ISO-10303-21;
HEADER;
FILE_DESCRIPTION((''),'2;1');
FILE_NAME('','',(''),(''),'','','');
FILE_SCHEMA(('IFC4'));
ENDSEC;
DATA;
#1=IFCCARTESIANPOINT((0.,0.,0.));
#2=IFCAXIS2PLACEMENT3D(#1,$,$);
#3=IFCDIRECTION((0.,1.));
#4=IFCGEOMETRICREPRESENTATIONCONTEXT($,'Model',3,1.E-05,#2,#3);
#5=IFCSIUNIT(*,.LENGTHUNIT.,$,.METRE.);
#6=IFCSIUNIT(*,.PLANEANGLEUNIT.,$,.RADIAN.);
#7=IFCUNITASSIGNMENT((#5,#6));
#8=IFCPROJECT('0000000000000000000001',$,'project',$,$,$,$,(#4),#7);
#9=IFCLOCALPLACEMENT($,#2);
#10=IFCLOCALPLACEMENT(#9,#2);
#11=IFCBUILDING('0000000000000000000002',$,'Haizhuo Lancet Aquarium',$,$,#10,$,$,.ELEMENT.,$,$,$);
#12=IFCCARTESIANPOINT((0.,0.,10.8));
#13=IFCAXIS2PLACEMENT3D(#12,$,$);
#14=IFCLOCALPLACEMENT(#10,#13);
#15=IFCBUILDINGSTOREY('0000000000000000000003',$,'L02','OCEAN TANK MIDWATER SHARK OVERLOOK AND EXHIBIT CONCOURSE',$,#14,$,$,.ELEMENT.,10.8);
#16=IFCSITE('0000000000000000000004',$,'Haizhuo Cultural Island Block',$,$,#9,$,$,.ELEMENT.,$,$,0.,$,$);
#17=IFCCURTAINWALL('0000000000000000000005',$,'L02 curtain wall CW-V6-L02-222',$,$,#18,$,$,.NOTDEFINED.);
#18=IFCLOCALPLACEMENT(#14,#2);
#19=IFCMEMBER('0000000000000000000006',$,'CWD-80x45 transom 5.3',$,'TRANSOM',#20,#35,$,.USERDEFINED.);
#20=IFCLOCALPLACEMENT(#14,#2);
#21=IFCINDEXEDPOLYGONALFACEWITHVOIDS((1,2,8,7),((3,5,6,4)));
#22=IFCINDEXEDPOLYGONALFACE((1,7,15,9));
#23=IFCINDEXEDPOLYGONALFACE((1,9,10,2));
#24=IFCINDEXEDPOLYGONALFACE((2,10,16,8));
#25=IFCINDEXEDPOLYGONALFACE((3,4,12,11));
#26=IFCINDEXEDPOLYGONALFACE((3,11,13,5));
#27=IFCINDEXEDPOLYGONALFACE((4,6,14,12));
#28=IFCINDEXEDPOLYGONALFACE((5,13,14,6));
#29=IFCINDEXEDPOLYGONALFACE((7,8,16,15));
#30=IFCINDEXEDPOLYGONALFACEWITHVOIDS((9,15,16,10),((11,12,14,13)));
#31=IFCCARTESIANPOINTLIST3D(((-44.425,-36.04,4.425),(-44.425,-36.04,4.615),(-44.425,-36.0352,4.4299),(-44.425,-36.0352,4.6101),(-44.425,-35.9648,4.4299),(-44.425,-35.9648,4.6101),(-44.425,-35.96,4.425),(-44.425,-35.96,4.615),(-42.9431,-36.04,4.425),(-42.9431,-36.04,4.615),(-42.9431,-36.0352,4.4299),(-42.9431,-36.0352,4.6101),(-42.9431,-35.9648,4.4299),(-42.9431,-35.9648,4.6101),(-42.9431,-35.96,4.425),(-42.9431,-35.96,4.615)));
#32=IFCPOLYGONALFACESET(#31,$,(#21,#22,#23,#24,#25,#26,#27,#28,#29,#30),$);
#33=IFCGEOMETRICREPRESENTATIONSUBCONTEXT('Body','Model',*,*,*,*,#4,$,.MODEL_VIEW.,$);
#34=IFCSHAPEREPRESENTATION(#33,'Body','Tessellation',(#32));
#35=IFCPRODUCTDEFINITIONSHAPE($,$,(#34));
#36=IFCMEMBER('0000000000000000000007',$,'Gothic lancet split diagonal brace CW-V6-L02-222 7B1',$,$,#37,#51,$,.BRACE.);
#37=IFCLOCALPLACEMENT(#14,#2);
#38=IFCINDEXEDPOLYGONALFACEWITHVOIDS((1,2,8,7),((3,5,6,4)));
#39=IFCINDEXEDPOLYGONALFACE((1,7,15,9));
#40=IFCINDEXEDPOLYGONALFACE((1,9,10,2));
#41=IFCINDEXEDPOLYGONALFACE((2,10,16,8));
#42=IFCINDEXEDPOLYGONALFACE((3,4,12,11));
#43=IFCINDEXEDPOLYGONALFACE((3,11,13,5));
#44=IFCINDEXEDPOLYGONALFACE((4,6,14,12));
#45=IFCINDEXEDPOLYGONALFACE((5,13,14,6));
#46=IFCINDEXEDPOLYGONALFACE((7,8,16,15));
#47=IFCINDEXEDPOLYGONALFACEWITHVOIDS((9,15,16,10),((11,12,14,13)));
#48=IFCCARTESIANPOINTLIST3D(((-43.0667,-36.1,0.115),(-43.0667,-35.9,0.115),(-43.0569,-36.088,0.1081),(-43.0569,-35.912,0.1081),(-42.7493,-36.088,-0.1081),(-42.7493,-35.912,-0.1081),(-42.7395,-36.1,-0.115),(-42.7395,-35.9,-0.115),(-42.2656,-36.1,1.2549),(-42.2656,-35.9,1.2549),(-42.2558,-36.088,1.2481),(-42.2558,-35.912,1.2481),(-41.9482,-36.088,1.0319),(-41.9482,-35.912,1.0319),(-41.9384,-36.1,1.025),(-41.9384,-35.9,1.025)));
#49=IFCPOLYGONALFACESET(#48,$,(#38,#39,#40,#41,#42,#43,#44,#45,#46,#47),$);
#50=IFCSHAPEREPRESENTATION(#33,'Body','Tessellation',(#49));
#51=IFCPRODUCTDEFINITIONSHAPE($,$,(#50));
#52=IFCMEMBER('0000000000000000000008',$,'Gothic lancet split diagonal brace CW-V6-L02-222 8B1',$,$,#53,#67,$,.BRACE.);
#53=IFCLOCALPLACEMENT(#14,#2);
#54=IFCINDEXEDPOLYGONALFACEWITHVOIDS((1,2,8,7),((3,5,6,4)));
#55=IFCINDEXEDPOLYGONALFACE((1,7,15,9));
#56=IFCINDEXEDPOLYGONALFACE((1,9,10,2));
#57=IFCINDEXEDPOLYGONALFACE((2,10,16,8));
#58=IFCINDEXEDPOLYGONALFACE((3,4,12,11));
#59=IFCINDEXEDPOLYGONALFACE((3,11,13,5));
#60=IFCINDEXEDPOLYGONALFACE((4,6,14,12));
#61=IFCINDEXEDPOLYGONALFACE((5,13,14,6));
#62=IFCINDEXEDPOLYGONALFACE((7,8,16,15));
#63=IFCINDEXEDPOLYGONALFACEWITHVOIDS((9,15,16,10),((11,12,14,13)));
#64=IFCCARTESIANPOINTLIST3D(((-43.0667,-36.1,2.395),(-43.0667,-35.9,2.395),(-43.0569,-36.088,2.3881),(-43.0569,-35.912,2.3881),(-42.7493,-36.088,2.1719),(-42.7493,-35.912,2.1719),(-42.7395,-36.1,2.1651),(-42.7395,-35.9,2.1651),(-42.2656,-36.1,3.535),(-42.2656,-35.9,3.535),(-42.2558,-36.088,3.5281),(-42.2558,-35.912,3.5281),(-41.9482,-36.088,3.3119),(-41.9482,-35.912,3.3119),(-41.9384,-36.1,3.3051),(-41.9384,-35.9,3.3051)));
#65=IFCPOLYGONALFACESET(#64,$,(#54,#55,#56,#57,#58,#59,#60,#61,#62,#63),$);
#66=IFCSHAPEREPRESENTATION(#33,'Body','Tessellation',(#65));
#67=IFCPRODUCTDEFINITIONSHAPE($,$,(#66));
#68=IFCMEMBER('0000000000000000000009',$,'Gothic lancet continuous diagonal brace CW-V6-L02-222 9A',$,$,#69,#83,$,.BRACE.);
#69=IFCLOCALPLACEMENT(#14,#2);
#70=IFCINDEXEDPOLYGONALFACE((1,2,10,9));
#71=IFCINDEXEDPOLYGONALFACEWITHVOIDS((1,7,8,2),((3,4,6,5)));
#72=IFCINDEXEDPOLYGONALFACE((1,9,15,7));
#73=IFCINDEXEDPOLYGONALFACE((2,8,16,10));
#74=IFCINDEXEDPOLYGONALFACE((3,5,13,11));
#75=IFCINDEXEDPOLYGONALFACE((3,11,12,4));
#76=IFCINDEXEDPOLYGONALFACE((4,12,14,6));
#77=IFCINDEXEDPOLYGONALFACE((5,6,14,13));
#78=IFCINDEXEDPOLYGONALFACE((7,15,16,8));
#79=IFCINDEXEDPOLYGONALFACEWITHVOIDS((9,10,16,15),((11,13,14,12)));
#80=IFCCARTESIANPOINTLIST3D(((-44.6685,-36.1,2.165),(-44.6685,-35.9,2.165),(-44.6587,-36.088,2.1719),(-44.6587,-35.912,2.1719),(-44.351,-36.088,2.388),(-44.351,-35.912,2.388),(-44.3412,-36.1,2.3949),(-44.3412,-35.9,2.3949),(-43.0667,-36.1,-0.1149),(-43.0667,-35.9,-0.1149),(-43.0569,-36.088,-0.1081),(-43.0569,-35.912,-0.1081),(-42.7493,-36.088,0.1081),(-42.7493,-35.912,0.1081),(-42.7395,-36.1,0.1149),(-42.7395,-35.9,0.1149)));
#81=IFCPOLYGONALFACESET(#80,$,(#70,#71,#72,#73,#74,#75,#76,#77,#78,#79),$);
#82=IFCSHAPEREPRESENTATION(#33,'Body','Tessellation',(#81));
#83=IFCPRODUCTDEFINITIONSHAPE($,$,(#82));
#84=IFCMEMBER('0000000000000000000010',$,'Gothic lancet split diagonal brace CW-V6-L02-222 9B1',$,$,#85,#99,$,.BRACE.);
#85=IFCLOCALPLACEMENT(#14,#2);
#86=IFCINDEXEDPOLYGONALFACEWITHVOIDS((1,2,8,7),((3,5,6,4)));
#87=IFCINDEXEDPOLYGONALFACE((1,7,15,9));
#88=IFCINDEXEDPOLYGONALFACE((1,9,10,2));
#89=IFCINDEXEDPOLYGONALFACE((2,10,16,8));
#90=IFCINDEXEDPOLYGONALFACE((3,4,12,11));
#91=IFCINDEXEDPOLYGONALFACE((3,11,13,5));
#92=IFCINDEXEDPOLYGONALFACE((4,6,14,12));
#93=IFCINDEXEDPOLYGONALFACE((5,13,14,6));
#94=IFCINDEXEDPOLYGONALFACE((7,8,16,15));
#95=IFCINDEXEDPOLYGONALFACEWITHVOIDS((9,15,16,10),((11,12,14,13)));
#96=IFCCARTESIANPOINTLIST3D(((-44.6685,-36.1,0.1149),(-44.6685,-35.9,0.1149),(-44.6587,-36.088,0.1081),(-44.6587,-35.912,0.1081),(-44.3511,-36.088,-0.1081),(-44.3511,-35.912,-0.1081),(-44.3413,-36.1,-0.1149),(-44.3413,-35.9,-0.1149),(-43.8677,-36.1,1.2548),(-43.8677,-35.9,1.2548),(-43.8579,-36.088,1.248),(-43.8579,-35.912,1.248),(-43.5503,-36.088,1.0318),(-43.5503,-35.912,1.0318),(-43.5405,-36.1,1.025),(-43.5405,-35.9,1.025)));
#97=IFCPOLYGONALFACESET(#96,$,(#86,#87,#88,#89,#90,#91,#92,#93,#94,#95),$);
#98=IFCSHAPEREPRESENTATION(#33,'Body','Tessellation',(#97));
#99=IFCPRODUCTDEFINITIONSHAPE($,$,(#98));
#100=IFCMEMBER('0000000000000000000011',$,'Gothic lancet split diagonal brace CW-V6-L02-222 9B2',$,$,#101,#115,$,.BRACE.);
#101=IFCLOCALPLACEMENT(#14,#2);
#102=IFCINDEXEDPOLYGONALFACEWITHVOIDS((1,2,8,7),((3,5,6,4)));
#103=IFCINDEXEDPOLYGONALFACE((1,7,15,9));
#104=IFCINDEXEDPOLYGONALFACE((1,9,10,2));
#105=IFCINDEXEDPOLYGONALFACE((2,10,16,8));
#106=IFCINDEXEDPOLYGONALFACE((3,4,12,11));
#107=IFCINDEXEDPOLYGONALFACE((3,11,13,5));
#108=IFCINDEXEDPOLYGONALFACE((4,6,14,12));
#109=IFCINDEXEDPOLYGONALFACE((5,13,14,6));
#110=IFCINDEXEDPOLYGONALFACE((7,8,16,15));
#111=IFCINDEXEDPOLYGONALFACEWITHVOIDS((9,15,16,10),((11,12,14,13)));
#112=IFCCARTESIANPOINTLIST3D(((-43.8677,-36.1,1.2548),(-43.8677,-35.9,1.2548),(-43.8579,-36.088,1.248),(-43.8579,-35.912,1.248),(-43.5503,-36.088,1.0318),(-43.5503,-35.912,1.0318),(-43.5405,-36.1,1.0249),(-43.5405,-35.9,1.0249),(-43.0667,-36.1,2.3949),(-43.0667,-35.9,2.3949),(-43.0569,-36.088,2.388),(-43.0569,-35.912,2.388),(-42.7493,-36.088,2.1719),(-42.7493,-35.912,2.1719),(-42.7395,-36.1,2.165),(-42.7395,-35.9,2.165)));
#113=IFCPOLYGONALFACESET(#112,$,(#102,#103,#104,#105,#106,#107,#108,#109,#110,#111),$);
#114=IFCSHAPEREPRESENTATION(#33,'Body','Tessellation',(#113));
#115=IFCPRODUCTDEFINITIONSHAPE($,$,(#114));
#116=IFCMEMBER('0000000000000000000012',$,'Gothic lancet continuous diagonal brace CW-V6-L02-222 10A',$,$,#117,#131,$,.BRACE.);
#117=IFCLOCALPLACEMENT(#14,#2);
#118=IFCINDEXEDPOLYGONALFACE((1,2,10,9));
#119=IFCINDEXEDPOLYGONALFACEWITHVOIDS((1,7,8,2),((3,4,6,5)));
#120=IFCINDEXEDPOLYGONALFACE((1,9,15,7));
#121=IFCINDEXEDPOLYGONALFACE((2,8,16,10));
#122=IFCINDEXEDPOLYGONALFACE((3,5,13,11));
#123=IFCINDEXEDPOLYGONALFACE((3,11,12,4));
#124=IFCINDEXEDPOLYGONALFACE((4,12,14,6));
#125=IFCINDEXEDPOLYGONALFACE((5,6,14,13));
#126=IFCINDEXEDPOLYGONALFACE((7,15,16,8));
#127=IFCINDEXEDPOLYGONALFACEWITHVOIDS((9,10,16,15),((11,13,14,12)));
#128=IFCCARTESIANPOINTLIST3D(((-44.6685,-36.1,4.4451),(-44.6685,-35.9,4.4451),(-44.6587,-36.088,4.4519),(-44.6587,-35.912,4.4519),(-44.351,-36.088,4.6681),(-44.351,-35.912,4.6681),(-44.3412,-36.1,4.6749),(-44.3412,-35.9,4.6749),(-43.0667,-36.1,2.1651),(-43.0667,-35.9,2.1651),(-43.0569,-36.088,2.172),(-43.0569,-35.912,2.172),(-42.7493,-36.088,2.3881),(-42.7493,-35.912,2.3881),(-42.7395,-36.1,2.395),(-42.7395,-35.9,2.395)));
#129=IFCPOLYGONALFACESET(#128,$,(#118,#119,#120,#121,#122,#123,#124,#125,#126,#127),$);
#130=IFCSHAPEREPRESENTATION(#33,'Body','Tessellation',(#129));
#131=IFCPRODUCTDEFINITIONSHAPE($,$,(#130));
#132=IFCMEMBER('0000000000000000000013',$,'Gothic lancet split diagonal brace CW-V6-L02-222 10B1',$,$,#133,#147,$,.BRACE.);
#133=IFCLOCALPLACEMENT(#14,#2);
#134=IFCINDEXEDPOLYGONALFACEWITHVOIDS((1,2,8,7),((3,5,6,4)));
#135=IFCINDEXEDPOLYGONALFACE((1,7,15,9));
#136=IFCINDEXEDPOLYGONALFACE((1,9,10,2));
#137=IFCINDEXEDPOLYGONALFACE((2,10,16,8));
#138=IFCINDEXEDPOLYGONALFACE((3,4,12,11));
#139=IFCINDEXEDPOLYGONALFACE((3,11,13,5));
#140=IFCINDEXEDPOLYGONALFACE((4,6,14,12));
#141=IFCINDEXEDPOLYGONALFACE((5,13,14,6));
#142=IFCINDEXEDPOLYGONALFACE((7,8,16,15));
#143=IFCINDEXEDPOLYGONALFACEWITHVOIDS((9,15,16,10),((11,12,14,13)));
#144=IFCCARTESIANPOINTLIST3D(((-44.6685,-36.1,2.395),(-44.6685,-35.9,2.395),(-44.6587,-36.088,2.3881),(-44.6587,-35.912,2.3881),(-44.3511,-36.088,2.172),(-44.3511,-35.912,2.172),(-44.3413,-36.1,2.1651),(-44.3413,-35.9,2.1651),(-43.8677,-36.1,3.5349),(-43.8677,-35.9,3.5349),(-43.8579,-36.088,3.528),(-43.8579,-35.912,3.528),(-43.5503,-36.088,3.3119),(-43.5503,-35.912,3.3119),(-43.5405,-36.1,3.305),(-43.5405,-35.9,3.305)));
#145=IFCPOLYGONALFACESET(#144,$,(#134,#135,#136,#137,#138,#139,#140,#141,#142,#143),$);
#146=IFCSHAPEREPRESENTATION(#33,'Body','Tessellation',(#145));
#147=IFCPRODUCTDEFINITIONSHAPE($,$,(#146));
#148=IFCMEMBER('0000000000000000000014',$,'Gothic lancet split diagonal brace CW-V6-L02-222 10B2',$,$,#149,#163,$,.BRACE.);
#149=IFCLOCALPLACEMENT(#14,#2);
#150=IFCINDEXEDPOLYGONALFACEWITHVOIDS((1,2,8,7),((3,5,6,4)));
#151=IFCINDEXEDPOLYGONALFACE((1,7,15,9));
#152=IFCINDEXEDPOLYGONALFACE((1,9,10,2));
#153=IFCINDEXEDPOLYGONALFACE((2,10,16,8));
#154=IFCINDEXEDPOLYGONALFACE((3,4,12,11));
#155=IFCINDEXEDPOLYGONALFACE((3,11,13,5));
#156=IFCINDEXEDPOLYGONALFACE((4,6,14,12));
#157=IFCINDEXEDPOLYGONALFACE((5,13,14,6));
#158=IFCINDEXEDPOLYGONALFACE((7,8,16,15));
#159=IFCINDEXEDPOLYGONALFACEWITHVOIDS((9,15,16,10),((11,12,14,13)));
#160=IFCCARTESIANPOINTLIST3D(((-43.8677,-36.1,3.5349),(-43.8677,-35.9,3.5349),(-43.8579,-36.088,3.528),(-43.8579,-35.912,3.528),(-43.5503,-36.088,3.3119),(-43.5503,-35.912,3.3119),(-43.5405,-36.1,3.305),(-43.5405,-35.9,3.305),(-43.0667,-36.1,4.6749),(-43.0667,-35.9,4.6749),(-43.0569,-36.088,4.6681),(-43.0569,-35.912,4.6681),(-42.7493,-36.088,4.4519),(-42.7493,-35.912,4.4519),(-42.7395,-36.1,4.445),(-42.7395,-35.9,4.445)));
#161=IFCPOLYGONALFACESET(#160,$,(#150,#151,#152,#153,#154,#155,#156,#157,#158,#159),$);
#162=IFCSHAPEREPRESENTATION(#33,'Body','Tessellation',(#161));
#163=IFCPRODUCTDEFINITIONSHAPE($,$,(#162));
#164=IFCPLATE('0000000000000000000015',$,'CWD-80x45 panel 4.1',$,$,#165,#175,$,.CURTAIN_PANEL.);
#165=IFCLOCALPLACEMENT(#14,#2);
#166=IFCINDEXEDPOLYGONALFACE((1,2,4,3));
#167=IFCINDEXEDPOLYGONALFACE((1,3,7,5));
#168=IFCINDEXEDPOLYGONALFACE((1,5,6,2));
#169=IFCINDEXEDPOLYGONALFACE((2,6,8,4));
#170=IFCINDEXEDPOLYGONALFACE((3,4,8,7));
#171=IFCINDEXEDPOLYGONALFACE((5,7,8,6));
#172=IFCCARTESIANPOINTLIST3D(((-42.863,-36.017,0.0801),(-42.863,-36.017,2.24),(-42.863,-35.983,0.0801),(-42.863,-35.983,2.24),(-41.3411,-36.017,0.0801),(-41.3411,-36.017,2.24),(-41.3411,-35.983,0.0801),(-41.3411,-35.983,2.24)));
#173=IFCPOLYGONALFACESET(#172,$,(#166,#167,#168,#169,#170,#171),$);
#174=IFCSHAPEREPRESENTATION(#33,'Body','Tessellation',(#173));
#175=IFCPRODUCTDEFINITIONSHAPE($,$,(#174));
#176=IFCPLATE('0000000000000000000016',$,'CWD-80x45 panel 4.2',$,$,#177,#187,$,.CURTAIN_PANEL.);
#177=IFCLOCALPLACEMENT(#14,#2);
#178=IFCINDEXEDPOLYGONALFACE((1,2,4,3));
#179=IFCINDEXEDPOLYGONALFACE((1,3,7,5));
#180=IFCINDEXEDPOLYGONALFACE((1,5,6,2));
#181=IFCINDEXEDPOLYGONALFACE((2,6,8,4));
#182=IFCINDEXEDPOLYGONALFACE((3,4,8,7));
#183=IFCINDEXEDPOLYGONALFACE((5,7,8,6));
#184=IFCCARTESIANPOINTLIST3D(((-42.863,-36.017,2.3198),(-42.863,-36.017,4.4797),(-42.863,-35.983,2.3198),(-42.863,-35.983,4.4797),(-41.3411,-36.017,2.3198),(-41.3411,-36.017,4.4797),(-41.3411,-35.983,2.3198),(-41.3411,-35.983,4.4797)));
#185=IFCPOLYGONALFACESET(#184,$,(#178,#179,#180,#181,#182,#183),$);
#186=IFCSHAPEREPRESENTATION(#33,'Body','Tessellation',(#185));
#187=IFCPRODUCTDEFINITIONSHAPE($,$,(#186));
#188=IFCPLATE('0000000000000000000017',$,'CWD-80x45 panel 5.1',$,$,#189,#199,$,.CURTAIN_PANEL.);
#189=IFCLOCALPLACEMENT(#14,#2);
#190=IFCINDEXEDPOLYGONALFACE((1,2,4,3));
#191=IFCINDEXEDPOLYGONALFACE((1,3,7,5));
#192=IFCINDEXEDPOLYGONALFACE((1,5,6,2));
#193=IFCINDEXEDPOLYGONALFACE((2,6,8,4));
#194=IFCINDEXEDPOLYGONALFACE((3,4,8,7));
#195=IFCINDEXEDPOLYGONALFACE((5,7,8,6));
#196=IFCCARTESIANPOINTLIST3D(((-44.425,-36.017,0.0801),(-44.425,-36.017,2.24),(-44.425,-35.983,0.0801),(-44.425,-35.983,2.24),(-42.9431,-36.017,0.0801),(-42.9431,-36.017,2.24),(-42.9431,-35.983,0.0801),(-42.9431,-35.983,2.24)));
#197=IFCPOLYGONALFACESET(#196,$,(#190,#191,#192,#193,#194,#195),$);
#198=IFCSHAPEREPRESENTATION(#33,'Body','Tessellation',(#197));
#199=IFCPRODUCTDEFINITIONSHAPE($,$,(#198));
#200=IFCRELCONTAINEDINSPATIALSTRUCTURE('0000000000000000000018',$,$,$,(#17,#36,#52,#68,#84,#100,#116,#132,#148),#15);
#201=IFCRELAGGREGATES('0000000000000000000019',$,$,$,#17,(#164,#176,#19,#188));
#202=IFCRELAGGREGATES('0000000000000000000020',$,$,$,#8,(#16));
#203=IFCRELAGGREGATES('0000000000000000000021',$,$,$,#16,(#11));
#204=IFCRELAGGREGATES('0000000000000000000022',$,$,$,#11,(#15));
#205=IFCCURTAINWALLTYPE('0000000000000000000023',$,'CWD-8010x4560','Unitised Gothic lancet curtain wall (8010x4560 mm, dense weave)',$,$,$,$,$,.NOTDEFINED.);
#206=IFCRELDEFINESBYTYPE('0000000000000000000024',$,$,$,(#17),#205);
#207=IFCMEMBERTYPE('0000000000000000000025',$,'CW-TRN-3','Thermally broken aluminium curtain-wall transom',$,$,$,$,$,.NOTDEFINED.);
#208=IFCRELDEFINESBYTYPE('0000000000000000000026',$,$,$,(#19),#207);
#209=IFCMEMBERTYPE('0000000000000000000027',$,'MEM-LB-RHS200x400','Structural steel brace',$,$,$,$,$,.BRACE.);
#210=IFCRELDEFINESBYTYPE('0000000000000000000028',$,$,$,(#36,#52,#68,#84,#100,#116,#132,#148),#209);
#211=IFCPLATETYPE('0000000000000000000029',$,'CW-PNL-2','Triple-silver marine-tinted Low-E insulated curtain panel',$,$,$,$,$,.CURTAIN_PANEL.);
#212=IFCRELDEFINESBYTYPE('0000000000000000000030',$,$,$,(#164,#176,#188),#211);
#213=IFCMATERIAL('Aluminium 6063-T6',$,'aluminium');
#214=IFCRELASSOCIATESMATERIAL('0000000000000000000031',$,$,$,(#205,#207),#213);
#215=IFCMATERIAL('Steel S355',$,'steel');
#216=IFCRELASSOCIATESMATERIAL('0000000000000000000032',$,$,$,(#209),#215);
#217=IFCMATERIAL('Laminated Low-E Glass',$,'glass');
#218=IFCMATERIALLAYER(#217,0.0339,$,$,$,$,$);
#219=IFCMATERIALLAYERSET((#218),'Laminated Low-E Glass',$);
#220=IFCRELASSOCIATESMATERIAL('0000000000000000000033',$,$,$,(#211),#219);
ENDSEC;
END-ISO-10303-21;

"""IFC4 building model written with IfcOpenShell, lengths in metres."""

from ifc_helpers import new_model, si_unit, direction, frame, origin, origin_2d, place, context, subcontext, project, spatial, rectangle, hollow_rectangle, extrude, material, layer, layer_set, material_profile, profile_set, type_object, element, aggregate, save


model = new_model("IFC4")

# Units and contexts
model_context = context("Model", 3, precision=1e-05, world=origin(), true_north=direction((0.0, 1.0)))
body_context = subcontext(model_context, "Body", "Model", "MODEL_VIEW")
ifc_project = project(units=[si_unit("LENGTHUNIT", "METRE"), si_unit("PLANEANGLEUNIT", "RADIAN")], contexts=[model_context])

# Site, building, storey
site_placement = place(None, origin())
site = spatial("IfcSite", under=ifc_project, at=site_placement, Name="Haizhuo Cultural Island Block", CompositionType="ELEMENT", RefElevation=0.0)
building_placement = place(site_placement, origin())
building = spatial("IfcBuilding", under=site, at=building_placement, Name="Haizhuo Lancet Aquarium", CompositionType="ELEMENT")
storey_placement = place(building_placement, frame((0.0, 0.0, 10.8)))
storey = spatial("IfcBuildingStorey", under=building, at=storey_placement, Name="L02", Description="OCEAN TANK MIDWATER SHARK OVERLOOK AND EXHIBIT CONCOURSE", CompositionType="ELEMENT", Elevation=10.8)

# Shared definitions
ifc_material_1 = material(Name="Steel S355", Category="steel")

# Curtain wall, member
ifc_material_2 = material(Name="Aluminium 6063-T6", Category="aluminium")
curtain_wall_type = type_object("IfcCurtainWallType", Name="CWD-8010x4560", Description="Unitised Gothic lancet curtain wall (8010x4560 mm, dense weave)", PredefinedType="NOTDEFINED", material=ifc_material_2)
curtain_wall_placement = place(storey_placement, origin())
curtain_wall = element("IfcCurtainWall", 1, at=curtain_wall_placement, inside=storey, type_object=curtain_wall_type, Name="L02 curtain wall CW-V6-L02-222", PredefinedType="NOTDEFINED")
ifc_material_profile_1 = material_profile(ifc_material_2, hollow_rectangle(XDim=0.0801, YDim=0.1899, WallThickness=0.0049, at=origin_2d()), Name="ALU-T 80x190x5")
ifc_profile_set_1 = profile_set([ifc_material_profile_1], Name="Aluminium 6063-T6")
member_type_1 = type_object("IfcMemberType", Name="CW-TRN-3", Description="Thermally broken aluminium curtain-wall transom", PredefinedType="NOTDEFINED", material=ifc_profile_set_1)
member_1_placement = place(storey_placement, frame((-42.9431, -36.0, 4.52), z_axis=(-1.0, 0.0, 0.0), x_axis=(0.0, -1.0, 0.0)))
member_1 = element("IfcMember", 2, at=member_1_placement, type_object=member_type_1, Name="CWD-80x45 transom 5.3", ObjectType="TRANSOM", PredefinedType="USERDEFINED", context=body_context, shape_type="SweptSolid", body=[
    extrude(hollow_rectangle(XDim=0.0801, YDim=0.1899, WallThickness=0.0049, at=origin_2d()), origin(), (0.0, 0.0, 1.0), 1.4819),
])

# Members
ifc_material_profile_2 = material_profile(ifc_material_1, hollow_rectangle(XDim=0.2, YDim=0.3999, WallThickness=0.012, at=origin_2d()), Name="RHS 200x400x12")
ifc_profile_set_2 = profile_set([ifc_material_profile_2], Name="Steel S355")
member_type_2 = type_object("IfcMemberType", Name="MEM-LB-RHS200x400", Description="Structural steel brace", PredefinedType="BRACE", material=ifc_profile_set_2)
for number, where, z_axis, x_axis, name in (
    (3, (-42.9031, -36.0, 0.0), (0.574955, 0.0, 0.818185), (0.0, 1.0, 0.0), "Gothic lancet split diagonal brace CW-V6-L02-222 7B1"),
    (4, (-42.9031, -36.0, 2.28), (0.574955, 0.0, 0.818185), (0.0, 1.0, 0.0), "Gothic lancet split diagonal brace CW-V6-L02-222 8B1"),
):
    element("IfcMember", number, at=place(storey_placement, frame(where, z_axis=z_axis, x_axis=x_axis)), inside=storey, type_object=member_type_2, Name=name, PredefinedType="BRACE", context=body_context, shape_type="SweptSolid", body=[
        extrude(hollow_rectangle(XDim=0.2, YDim=0.3999, WallThickness=0.012, at=origin_2d()), origin(), (0.0, 0.0, 1.0), 1.3933),
    ])
member_2_placement = place(storey_placement, frame((-42.9031, -36.0, 0.0), z_axis=(-0.574855, 0.0, 0.818255), x_axis=(0.0, -1.0, 0.0)))
element("IfcMember", 5, at=member_2_placement, inside=storey, type_object=member_type_2, Name="Gothic lancet continuous diagonal brace CW-V6-L02-222 9A", PredefinedType="BRACE", context=body_context, shape_type="SweptSolid", body=[
    extrude(hollow_rectangle(XDim=0.2, YDim=0.3999, WallThickness=0.012, at=origin_2d()), origin(), (0.0, 0.0, 1.0), 2.7864),
])
member_3_placement = place(storey_placement, frame((-44.5049, -36.0, 0.0), z_axis=(0.574838, 0.0, 0.818267), x_axis=(0.0, 1.0, 0.0)))
element("IfcMember", 6, at=member_3_placement, inside=storey, type_object=member_type_2, Name="Gothic lancet split diagonal brace CW-V6-L02-222 9B1", PredefinedType="BRACE", context=body_context, shape_type="SweptSolid", body=[
    extrude(hollow_rectangle(XDim=0.2, YDim=0.3999, WallThickness=0.012, at=origin_2d()), origin(), (0.0, 0.0, 1.0), 1.3931),
])
member_4_placement = place(storey_placement, frame((-43.7041, -36.0, 1.1399), z_axis=(0.574873, 0.0, 0.818243), x_axis=(0.0, 1.0, 0.0)))
element("IfcMember", 7, at=member_4_placement, inside=storey, type_object=member_type_2, Name="Gothic lancet split diagonal brace CW-V6-L02-222 9B2", PredefinedType="BRACE", context=body_context, shape_type="SweptSolid", body=[
    extrude(hollow_rectangle(XDim=0.2, YDim=0.3999, WallThickness=0.012, at=origin_2d()), origin(), (0.0, 0.0, 1.0), 1.3933),
])
member_5_placement = place(storey_placement, frame((-42.9031, -36.0, 2.28), z_axis=(-0.574855, 0.0, 0.818255), x_axis=(0.0, -1.0, 0.0)))
element("IfcMember", 8, at=member_5_placement, inside=storey, type_object=member_type_2, Name="Gothic lancet continuous diagonal brace CW-V6-L02-222 10A", PredefinedType="BRACE", context=body_context, shape_type="SweptSolid", body=[
    extrude(hollow_rectangle(XDim=0.2, YDim=0.3999, WallThickness=0.012, at=origin_2d()), origin(), (0.0, 0.0, 1.0), 2.7864),
])
member_6_placement = place(storey_placement, frame((-44.5049, -36.0, 2.28), z_axis=(0.574838, 0.0, 0.818267), x_axis=(0.0, 1.0, 0.0)))
element("IfcMember", 9, at=member_6_placement, inside=storey, type_object=member_type_2, Name="Gothic lancet split diagonal brace CW-V6-L02-222 10B1", PredefinedType="BRACE", context=body_context, shape_type="SweptSolid", body=[
    extrude(hollow_rectangle(XDim=0.2, YDim=0.3999, WallThickness=0.012, at=origin_2d()), origin(), (0.0, 0.0, 1.0), 1.3931),
])
member_7_placement = place(storey_placement, frame((-43.7041, -36.0, 3.4199), z_axis=(0.574873, 0.0, 0.818243), x_axis=(0.0, 1.0, 0.0)))
element("IfcMember", 10, at=member_7_placement, inside=storey, type_object=member_type_2, Name="Gothic lancet split diagonal brace CW-V6-L02-222 10B2", PredefinedType="BRACE", context=body_context, shape_type="SweptSolid", body=[
    extrude(hollow_rectangle(XDim=0.2, YDim=0.3999, WallThickness=0.012, at=origin_2d()), origin(), (0.0, 0.0, 1.0), 1.3933),
])

# Plates
ifc_material_3 = material(Name="Laminated Low-E Glass", Category="glass")
ifc_layer_1 = layer(ifc_material_3, 0.0339)
ifc_layer_set_1 = layer_set([ifc_layer_1], Name="Laminated Low-E Glass")
plate_type = type_object("IfcPlateType", Name="CW-PNL-2", Description="Triple-silver marine-tinted Low-E insulated curtain panel", PredefinedType="CURTAIN_PANEL", material=ifc_layer_set_1)
plate_1_placement = place(storey_placement, frame((-42.1021, -36.0, 0.0801), z_axis=(0.0, 0.0, 1.0), x_axis=(-1.0, 0.0, 0.0)))
plate_1 = element("IfcPlate", 11, at=plate_1_placement, type_object=plate_type, Name="CWD-80x45 panel 4.1", PredefinedType="CURTAIN_PANEL", context=body_context, shape_type="SweptSolid", body=[
    extrude(rectangle(XDim=1.522, YDim=0.0339, at=origin_2d()), origin(), (0.0, 0.0, 1.0), 2.1599),
])
plate_2_placement = place(storey_placement, frame((-42.1021, -36.0, 2.3198), z_axis=(0.0, 0.0, 1.0), x_axis=(-1.0, 0.0, 0.0)))
plate_2 = element("IfcPlate", 12, at=plate_2_placement, type_object=plate_type, Name="CWD-80x45 panel 4.2", PredefinedType="CURTAIN_PANEL", context=body_context, shape_type="SweptSolid", body=[
    extrude(rectangle(XDim=1.522, YDim=0.0339, at=origin_2d()), origin(), (0.0, 0.0, 1.0), 2.1599),
])
plate_3_placement = place(storey_placement, frame((-43.6841, -36.0, 0.0801), z_axis=(0.0, 0.0, 1.0), x_axis=(-1.0, 0.0, 0.0)))
plate_3 = element("IfcPlate", 13, at=plate_3_placement, type_object=plate_type, Name="CWD-80x45 panel 5.1", PredefinedType="CURTAIN_PANEL", context=body_context, shape_type="SweptSolid", body=[
    extrude(rectangle(XDim=1.4819, YDim=0.0339, at=origin_2d()), origin(), (0.0, 0.0, 1.0), 2.1599),
])
aggregate(curtain_wall, [plate_1, plate_2, member_1, plate_3])

save(model, "model.ifc")
